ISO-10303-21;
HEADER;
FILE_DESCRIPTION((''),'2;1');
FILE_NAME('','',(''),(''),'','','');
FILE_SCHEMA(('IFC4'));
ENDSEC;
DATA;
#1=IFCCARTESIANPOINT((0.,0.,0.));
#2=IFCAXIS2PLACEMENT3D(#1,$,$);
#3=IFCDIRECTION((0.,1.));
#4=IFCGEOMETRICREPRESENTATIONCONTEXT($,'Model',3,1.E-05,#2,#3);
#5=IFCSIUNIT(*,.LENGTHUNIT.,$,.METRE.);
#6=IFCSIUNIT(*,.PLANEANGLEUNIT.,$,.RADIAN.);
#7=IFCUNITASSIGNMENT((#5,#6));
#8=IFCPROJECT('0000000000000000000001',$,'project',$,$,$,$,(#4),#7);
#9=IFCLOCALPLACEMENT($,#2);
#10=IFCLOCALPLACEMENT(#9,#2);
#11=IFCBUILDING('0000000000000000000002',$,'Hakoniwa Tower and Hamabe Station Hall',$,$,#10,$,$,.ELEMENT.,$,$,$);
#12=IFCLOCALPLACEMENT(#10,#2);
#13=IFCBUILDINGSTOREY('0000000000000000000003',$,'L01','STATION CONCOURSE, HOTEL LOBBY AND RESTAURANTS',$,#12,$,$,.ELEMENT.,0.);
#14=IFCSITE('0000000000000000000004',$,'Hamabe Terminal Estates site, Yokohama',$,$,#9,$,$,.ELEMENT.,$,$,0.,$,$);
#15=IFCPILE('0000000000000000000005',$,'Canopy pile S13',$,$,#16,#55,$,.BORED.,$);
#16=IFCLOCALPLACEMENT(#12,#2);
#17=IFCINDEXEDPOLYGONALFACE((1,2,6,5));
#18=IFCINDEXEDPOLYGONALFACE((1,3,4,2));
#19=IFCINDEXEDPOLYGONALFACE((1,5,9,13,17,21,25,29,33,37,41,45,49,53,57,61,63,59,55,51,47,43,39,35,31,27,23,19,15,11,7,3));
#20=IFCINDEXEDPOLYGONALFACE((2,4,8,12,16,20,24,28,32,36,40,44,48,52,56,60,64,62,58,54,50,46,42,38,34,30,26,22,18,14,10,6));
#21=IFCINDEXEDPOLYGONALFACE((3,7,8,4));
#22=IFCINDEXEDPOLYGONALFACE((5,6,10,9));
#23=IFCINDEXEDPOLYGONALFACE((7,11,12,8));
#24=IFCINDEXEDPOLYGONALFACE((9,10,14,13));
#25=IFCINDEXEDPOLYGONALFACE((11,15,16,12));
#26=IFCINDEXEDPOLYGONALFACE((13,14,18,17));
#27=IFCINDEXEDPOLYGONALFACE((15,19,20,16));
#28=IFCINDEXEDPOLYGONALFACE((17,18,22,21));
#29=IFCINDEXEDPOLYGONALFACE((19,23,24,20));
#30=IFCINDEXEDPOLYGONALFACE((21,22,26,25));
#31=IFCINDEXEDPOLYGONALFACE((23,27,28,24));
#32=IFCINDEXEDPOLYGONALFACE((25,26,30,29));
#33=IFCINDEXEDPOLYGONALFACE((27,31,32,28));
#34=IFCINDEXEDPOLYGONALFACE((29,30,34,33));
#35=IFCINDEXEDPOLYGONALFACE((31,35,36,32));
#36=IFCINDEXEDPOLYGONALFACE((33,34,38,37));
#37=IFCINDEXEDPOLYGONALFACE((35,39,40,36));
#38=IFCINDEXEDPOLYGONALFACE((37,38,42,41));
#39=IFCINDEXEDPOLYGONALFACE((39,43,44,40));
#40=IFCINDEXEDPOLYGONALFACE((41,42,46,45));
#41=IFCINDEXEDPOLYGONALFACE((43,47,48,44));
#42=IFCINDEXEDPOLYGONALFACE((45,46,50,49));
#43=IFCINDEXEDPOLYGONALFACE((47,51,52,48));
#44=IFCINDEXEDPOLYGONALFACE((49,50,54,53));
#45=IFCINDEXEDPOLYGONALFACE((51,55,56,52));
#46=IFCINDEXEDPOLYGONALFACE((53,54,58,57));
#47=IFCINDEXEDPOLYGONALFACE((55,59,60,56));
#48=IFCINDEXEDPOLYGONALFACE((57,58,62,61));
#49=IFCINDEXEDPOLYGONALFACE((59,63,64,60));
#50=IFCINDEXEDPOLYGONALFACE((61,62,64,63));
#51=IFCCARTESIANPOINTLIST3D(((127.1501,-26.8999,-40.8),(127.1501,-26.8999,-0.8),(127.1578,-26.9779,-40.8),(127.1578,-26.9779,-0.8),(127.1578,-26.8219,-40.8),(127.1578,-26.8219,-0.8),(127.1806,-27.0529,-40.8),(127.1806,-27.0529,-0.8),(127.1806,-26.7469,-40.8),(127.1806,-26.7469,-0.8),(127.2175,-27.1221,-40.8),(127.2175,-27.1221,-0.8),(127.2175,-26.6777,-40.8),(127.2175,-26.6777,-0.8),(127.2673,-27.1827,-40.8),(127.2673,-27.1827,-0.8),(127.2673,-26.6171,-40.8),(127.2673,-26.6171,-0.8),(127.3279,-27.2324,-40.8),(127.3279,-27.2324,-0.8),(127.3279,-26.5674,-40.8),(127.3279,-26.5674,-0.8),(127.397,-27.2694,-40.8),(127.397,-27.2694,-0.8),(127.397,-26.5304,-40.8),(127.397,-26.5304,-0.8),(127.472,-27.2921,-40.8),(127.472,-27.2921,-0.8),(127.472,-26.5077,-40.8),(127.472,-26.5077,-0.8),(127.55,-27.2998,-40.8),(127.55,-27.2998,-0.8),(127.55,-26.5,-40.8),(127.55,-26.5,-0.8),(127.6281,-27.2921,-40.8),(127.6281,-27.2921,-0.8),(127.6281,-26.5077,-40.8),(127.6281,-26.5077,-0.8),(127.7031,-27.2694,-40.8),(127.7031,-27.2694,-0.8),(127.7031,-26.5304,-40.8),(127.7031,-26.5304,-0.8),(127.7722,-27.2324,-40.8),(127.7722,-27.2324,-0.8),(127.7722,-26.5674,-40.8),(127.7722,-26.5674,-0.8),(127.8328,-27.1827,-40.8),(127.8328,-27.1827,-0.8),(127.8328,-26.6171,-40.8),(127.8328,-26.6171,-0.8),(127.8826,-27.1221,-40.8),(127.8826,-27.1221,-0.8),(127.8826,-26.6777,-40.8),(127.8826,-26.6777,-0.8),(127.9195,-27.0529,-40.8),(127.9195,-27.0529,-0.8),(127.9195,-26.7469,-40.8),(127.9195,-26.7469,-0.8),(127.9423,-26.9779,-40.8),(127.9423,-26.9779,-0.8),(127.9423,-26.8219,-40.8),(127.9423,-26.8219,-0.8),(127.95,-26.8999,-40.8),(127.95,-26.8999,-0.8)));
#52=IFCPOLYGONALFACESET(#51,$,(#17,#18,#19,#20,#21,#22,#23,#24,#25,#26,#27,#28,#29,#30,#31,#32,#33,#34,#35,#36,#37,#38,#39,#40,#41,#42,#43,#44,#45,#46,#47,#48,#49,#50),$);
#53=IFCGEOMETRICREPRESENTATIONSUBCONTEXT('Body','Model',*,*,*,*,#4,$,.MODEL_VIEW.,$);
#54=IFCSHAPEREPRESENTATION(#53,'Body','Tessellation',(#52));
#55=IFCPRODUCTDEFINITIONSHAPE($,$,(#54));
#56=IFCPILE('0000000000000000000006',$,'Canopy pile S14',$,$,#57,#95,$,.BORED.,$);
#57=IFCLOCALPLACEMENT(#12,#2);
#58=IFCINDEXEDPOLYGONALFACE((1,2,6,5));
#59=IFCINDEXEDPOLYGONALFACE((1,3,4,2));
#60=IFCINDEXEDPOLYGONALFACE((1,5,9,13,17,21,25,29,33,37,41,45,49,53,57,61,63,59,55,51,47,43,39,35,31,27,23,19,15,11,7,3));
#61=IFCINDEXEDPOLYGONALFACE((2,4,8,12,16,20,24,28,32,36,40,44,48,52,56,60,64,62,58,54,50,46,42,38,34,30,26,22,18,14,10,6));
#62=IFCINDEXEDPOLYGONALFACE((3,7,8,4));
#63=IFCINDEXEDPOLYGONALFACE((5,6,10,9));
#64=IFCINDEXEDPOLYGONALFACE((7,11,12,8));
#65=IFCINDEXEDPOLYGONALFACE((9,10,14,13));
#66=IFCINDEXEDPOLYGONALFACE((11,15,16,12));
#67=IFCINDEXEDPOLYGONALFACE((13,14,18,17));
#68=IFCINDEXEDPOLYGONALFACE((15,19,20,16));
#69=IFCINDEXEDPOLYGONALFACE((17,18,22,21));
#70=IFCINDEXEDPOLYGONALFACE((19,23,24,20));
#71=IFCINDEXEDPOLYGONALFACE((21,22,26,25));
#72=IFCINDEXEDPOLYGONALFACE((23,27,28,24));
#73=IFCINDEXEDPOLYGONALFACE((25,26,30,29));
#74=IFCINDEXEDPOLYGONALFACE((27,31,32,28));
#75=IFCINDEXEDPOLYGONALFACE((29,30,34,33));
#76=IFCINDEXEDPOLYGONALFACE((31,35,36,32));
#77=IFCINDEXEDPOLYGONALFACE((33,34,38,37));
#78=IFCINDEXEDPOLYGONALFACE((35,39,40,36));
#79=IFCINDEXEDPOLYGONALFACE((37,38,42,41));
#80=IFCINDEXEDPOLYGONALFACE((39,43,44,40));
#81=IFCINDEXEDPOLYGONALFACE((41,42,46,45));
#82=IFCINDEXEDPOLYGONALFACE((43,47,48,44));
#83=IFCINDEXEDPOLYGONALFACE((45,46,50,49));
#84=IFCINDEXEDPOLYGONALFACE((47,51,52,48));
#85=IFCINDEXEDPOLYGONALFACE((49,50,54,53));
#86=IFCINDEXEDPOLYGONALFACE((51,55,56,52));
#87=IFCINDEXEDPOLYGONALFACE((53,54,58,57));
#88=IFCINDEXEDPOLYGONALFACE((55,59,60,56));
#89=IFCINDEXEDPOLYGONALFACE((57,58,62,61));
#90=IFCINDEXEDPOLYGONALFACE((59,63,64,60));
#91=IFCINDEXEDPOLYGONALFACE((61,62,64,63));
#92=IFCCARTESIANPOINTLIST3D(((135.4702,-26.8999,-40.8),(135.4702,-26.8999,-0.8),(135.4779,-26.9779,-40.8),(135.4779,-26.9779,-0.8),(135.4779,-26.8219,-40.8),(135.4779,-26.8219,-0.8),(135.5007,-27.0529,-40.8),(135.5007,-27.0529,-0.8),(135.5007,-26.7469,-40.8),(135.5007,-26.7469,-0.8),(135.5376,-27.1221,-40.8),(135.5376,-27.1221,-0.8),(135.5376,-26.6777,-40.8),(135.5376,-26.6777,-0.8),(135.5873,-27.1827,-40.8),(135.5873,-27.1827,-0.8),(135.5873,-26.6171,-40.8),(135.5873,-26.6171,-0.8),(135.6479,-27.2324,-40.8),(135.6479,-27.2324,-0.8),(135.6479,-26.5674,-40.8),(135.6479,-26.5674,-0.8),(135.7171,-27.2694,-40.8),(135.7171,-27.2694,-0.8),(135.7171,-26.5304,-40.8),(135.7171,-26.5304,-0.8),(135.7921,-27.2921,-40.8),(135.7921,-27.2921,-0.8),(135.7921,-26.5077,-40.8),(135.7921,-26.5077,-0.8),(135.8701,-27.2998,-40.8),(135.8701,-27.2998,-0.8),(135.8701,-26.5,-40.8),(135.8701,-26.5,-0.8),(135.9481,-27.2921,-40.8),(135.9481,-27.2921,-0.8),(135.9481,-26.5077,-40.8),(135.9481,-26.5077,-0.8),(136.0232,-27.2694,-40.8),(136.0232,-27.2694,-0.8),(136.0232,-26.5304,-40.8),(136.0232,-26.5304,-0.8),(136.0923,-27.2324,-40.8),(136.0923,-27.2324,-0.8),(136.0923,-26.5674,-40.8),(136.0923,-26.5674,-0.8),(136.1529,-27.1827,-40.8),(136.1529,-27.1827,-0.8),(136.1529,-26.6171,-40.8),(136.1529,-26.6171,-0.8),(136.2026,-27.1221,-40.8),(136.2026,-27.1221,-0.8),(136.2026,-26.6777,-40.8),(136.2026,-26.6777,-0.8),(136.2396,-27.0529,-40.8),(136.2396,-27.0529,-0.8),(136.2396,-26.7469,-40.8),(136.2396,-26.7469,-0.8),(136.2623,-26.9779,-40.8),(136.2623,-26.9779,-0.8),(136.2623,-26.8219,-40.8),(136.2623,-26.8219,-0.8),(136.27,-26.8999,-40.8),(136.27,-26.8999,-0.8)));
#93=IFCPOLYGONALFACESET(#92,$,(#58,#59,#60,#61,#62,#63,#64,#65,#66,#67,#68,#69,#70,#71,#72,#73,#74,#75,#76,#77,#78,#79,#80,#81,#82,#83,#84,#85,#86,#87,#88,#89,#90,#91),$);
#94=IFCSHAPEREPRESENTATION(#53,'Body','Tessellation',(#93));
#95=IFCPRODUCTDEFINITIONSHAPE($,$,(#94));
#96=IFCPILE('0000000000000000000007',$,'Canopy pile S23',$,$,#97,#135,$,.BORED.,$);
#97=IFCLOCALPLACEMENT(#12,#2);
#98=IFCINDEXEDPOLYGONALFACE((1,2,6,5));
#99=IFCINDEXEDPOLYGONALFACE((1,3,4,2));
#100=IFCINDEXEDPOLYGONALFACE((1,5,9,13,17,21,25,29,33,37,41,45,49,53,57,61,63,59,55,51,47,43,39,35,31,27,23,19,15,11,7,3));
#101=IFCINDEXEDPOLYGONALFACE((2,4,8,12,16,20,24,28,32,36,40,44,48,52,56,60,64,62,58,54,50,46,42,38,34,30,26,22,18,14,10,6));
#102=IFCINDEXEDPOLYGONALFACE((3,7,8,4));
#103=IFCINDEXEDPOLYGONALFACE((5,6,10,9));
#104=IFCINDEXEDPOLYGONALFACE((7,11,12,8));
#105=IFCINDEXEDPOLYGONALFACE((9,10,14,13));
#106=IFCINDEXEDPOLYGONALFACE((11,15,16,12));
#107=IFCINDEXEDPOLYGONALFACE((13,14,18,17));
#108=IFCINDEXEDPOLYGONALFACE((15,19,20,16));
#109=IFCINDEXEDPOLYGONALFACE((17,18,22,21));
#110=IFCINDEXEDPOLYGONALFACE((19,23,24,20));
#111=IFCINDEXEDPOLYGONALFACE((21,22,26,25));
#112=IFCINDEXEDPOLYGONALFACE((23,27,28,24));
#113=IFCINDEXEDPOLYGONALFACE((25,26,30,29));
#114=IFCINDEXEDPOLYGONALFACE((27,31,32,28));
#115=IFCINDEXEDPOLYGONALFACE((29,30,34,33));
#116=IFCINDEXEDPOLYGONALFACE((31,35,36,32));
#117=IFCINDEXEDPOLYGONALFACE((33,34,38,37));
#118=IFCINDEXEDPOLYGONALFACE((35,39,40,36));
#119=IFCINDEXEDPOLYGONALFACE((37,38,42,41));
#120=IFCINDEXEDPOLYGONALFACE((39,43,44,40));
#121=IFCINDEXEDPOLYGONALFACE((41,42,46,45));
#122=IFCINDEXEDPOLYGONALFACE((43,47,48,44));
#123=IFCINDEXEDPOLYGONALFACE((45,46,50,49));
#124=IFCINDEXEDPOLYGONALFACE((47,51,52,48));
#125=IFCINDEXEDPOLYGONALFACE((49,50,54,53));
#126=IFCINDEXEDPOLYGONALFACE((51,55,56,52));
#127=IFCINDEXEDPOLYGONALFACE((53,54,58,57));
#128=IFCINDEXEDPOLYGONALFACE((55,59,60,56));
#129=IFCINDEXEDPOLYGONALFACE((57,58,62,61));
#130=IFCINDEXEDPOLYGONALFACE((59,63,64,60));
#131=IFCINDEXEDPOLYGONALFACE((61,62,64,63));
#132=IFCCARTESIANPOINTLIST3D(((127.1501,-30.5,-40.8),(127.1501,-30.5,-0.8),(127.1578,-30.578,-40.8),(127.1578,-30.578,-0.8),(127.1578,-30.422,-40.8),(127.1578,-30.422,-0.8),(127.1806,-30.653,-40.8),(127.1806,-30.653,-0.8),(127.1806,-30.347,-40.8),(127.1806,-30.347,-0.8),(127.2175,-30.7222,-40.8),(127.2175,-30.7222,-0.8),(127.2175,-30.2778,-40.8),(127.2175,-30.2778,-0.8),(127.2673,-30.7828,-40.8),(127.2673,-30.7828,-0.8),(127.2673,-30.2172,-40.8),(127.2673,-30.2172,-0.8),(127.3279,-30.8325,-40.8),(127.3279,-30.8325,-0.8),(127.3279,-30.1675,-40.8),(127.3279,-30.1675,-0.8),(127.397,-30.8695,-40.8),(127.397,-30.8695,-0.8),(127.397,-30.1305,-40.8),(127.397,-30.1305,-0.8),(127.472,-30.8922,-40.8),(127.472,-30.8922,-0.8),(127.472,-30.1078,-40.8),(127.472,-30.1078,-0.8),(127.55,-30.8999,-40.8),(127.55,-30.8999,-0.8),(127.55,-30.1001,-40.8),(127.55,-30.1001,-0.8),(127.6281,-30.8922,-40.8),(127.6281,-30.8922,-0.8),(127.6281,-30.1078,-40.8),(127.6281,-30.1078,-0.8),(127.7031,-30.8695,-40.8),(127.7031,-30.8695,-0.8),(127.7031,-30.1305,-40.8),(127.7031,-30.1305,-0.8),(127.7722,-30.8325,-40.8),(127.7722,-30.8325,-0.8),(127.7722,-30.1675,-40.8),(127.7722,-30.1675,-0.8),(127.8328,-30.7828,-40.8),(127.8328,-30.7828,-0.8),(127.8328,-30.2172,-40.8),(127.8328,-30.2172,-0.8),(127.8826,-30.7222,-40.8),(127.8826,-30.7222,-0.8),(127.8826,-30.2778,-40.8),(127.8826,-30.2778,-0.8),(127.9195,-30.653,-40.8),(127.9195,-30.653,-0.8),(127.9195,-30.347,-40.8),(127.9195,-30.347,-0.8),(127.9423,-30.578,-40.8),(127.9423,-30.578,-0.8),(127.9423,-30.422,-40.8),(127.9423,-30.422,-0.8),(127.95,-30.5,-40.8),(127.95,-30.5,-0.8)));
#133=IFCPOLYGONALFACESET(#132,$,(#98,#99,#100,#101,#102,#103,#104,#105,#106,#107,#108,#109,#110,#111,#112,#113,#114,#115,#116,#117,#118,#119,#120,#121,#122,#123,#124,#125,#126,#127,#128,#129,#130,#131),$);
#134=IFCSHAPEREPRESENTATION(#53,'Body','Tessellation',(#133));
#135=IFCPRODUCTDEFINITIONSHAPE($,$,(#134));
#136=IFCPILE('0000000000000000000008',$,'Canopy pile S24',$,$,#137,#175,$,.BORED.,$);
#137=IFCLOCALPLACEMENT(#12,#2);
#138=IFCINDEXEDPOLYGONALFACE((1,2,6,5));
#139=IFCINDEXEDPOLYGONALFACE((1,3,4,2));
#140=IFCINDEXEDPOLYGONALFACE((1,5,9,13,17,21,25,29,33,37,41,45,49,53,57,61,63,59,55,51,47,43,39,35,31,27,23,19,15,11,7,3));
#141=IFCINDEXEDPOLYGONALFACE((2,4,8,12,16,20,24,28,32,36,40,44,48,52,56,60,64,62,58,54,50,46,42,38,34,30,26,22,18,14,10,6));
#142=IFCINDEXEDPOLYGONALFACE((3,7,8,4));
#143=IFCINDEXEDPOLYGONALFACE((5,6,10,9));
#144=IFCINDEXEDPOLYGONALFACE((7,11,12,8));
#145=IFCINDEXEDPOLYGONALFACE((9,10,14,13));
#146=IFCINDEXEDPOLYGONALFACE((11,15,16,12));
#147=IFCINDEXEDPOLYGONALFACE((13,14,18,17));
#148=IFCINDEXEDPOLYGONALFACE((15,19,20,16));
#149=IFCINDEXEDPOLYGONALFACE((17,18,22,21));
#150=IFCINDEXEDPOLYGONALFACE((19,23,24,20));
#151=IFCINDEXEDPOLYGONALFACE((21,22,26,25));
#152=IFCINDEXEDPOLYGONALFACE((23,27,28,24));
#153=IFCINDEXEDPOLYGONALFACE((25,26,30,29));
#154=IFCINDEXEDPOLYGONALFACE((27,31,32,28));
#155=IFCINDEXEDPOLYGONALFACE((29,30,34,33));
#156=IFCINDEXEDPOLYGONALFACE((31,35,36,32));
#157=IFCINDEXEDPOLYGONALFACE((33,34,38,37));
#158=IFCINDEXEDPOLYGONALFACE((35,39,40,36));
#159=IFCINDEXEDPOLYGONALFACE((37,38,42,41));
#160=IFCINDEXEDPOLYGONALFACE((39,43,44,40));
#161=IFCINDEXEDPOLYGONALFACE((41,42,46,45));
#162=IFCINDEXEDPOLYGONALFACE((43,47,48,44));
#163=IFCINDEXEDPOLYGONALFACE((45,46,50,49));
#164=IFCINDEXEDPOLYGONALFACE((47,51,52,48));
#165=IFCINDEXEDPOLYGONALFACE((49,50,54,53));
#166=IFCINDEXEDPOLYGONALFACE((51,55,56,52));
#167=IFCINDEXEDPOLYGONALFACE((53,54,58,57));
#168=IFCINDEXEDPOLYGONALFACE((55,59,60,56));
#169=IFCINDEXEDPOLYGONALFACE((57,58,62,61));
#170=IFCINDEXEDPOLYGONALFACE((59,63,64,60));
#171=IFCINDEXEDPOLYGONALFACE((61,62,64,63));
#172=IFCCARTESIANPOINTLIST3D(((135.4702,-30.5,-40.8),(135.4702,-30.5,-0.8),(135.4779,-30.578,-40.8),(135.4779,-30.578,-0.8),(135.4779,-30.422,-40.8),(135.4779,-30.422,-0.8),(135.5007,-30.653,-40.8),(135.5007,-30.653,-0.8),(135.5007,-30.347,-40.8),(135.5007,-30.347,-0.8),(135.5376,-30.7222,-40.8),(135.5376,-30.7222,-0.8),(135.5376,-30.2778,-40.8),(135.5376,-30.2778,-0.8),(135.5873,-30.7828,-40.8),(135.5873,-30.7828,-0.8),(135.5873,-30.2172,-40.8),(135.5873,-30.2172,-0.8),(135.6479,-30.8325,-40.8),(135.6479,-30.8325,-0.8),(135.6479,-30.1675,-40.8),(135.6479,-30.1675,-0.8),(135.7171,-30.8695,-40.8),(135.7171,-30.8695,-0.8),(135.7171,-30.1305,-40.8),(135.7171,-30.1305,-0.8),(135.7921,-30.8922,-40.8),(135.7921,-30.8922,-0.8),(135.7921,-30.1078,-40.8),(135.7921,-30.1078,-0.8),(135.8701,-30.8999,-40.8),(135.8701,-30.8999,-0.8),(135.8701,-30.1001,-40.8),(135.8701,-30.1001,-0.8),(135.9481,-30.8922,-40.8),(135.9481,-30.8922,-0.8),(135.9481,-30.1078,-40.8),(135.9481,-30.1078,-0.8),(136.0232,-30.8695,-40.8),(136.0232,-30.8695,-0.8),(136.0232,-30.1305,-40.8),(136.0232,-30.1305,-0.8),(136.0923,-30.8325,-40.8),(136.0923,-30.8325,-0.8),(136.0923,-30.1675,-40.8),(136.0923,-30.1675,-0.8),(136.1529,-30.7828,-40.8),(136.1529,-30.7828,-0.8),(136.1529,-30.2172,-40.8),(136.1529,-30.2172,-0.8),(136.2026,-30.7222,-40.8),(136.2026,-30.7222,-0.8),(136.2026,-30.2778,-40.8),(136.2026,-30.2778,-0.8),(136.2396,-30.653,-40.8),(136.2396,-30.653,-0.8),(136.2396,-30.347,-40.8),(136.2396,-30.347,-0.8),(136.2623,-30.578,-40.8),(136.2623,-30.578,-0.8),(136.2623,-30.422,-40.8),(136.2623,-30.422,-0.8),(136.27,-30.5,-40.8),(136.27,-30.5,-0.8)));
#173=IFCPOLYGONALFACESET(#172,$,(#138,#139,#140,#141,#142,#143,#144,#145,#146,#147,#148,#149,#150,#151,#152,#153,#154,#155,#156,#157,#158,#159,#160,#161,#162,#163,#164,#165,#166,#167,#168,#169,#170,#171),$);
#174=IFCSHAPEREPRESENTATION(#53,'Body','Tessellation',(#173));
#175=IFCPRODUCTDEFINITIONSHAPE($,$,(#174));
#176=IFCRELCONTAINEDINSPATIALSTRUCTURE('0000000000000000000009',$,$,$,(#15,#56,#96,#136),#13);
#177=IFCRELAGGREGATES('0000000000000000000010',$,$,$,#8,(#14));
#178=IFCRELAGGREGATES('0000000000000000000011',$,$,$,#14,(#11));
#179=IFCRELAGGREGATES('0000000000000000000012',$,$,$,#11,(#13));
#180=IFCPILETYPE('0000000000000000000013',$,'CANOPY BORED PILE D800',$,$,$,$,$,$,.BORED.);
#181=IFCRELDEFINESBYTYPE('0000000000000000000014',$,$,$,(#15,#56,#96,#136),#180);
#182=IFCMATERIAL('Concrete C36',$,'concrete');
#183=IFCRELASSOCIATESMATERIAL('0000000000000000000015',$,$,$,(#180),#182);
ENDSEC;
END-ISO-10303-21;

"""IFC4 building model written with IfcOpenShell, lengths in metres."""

from ifc_helpers import new_model, si_unit, direction, frame, origin, origin_2d, place, context, subcontext, project, spatial, circle, extrude, material, material_profile, profile_set, type_object, element, save


model = new_model("IFC4")

# Units and contexts
model_context = context("Model", 3, precision=1e-05, world=origin(), true_north=direction((0.0, 1.0)))
body_context = subcontext(model_context, "Body", "Model", "MODEL_VIEW")
ifc_project = project(units=[si_unit("LENGTHUNIT", "METRE"), si_unit("PLANEANGLEUNIT", "RADIAN")], contexts=[model_context])

# Site, building, storey
site_placement = place(None, origin())
site = spatial("IfcSite", under=ifc_project, at=site_placement, Name="Hamabe Terminal Estates site, Yokohama", CompositionType="ELEMENT", RefElevation=0.0)
building_placement = place(site_placement, origin())
building = spatial("IfcBuilding", under=site, at=building_placement, Name="Hakoniwa Tower and Hamabe Station Hall", CompositionType="ELEMENT")
storey_placement = place(building_placement, origin())
storey = spatial("IfcBuildingStorey", under=building, at=storey_placement, Name="L01", Description="STATION CONCOURSE, HOTEL LOBBY AND RESTAURANTS", CompositionType="ELEMENT", Elevation=0.0)

# Piles
ifc_material_1 = material(Name="Concrete C36", Category="concrete")
ifc_material_profile_1 = material_profile(ifc_material_1, circle(Radius=0.3999, at=origin_2d()), Name="CANOPY BORED PILE D800")
ifc_profile_set_1 = profile_set([ifc_material_profile_1], Name="Concrete C36")
pile_type = type_object("IfcPileType", Name="CANOPY BORED PILE D800", PredefinedType="BORED", material=ifc_profile_set_1)
for number, where, z_axis, x_axis, name in (
    (1, (127.55, -26.8999, -0.8), (0.0, 0.0, -1.0), (1.0, 0.0, 0.0), "Canopy pile S13"),
    (2, (135.8701, -26.8999, -0.8), (0.0, 0.0, -1.0), (1.0, 0.0, 0.0), "Canopy pile S14"),
    (3, (127.55, -30.5, -0.8), (0.0, 0.0, -1.0), (1.0, 0.0, 0.0), "Canopy pile S23"),
    (4, (135.8701, -30.5, -0.8), (0.0, 0.0, -1.0), (1.0, 0.0, 0.0), "Canopy pile S24"),
):
    element("IfcPile", number, at=place(storey_placement, frame(where, z_axis=z_axis, x_axis=x_axis)), inside=storey, type_object=pile_type, Name=name, PredefinedType="BORED", context=body_context, shape_type="SweptSolid", body=[
        extrude(circle(Radius=0.3999, at=origin_2d()), origin(), (0.0, 0.0, 1.0), 40.0),
    ])

save(model, "model.ifc")
